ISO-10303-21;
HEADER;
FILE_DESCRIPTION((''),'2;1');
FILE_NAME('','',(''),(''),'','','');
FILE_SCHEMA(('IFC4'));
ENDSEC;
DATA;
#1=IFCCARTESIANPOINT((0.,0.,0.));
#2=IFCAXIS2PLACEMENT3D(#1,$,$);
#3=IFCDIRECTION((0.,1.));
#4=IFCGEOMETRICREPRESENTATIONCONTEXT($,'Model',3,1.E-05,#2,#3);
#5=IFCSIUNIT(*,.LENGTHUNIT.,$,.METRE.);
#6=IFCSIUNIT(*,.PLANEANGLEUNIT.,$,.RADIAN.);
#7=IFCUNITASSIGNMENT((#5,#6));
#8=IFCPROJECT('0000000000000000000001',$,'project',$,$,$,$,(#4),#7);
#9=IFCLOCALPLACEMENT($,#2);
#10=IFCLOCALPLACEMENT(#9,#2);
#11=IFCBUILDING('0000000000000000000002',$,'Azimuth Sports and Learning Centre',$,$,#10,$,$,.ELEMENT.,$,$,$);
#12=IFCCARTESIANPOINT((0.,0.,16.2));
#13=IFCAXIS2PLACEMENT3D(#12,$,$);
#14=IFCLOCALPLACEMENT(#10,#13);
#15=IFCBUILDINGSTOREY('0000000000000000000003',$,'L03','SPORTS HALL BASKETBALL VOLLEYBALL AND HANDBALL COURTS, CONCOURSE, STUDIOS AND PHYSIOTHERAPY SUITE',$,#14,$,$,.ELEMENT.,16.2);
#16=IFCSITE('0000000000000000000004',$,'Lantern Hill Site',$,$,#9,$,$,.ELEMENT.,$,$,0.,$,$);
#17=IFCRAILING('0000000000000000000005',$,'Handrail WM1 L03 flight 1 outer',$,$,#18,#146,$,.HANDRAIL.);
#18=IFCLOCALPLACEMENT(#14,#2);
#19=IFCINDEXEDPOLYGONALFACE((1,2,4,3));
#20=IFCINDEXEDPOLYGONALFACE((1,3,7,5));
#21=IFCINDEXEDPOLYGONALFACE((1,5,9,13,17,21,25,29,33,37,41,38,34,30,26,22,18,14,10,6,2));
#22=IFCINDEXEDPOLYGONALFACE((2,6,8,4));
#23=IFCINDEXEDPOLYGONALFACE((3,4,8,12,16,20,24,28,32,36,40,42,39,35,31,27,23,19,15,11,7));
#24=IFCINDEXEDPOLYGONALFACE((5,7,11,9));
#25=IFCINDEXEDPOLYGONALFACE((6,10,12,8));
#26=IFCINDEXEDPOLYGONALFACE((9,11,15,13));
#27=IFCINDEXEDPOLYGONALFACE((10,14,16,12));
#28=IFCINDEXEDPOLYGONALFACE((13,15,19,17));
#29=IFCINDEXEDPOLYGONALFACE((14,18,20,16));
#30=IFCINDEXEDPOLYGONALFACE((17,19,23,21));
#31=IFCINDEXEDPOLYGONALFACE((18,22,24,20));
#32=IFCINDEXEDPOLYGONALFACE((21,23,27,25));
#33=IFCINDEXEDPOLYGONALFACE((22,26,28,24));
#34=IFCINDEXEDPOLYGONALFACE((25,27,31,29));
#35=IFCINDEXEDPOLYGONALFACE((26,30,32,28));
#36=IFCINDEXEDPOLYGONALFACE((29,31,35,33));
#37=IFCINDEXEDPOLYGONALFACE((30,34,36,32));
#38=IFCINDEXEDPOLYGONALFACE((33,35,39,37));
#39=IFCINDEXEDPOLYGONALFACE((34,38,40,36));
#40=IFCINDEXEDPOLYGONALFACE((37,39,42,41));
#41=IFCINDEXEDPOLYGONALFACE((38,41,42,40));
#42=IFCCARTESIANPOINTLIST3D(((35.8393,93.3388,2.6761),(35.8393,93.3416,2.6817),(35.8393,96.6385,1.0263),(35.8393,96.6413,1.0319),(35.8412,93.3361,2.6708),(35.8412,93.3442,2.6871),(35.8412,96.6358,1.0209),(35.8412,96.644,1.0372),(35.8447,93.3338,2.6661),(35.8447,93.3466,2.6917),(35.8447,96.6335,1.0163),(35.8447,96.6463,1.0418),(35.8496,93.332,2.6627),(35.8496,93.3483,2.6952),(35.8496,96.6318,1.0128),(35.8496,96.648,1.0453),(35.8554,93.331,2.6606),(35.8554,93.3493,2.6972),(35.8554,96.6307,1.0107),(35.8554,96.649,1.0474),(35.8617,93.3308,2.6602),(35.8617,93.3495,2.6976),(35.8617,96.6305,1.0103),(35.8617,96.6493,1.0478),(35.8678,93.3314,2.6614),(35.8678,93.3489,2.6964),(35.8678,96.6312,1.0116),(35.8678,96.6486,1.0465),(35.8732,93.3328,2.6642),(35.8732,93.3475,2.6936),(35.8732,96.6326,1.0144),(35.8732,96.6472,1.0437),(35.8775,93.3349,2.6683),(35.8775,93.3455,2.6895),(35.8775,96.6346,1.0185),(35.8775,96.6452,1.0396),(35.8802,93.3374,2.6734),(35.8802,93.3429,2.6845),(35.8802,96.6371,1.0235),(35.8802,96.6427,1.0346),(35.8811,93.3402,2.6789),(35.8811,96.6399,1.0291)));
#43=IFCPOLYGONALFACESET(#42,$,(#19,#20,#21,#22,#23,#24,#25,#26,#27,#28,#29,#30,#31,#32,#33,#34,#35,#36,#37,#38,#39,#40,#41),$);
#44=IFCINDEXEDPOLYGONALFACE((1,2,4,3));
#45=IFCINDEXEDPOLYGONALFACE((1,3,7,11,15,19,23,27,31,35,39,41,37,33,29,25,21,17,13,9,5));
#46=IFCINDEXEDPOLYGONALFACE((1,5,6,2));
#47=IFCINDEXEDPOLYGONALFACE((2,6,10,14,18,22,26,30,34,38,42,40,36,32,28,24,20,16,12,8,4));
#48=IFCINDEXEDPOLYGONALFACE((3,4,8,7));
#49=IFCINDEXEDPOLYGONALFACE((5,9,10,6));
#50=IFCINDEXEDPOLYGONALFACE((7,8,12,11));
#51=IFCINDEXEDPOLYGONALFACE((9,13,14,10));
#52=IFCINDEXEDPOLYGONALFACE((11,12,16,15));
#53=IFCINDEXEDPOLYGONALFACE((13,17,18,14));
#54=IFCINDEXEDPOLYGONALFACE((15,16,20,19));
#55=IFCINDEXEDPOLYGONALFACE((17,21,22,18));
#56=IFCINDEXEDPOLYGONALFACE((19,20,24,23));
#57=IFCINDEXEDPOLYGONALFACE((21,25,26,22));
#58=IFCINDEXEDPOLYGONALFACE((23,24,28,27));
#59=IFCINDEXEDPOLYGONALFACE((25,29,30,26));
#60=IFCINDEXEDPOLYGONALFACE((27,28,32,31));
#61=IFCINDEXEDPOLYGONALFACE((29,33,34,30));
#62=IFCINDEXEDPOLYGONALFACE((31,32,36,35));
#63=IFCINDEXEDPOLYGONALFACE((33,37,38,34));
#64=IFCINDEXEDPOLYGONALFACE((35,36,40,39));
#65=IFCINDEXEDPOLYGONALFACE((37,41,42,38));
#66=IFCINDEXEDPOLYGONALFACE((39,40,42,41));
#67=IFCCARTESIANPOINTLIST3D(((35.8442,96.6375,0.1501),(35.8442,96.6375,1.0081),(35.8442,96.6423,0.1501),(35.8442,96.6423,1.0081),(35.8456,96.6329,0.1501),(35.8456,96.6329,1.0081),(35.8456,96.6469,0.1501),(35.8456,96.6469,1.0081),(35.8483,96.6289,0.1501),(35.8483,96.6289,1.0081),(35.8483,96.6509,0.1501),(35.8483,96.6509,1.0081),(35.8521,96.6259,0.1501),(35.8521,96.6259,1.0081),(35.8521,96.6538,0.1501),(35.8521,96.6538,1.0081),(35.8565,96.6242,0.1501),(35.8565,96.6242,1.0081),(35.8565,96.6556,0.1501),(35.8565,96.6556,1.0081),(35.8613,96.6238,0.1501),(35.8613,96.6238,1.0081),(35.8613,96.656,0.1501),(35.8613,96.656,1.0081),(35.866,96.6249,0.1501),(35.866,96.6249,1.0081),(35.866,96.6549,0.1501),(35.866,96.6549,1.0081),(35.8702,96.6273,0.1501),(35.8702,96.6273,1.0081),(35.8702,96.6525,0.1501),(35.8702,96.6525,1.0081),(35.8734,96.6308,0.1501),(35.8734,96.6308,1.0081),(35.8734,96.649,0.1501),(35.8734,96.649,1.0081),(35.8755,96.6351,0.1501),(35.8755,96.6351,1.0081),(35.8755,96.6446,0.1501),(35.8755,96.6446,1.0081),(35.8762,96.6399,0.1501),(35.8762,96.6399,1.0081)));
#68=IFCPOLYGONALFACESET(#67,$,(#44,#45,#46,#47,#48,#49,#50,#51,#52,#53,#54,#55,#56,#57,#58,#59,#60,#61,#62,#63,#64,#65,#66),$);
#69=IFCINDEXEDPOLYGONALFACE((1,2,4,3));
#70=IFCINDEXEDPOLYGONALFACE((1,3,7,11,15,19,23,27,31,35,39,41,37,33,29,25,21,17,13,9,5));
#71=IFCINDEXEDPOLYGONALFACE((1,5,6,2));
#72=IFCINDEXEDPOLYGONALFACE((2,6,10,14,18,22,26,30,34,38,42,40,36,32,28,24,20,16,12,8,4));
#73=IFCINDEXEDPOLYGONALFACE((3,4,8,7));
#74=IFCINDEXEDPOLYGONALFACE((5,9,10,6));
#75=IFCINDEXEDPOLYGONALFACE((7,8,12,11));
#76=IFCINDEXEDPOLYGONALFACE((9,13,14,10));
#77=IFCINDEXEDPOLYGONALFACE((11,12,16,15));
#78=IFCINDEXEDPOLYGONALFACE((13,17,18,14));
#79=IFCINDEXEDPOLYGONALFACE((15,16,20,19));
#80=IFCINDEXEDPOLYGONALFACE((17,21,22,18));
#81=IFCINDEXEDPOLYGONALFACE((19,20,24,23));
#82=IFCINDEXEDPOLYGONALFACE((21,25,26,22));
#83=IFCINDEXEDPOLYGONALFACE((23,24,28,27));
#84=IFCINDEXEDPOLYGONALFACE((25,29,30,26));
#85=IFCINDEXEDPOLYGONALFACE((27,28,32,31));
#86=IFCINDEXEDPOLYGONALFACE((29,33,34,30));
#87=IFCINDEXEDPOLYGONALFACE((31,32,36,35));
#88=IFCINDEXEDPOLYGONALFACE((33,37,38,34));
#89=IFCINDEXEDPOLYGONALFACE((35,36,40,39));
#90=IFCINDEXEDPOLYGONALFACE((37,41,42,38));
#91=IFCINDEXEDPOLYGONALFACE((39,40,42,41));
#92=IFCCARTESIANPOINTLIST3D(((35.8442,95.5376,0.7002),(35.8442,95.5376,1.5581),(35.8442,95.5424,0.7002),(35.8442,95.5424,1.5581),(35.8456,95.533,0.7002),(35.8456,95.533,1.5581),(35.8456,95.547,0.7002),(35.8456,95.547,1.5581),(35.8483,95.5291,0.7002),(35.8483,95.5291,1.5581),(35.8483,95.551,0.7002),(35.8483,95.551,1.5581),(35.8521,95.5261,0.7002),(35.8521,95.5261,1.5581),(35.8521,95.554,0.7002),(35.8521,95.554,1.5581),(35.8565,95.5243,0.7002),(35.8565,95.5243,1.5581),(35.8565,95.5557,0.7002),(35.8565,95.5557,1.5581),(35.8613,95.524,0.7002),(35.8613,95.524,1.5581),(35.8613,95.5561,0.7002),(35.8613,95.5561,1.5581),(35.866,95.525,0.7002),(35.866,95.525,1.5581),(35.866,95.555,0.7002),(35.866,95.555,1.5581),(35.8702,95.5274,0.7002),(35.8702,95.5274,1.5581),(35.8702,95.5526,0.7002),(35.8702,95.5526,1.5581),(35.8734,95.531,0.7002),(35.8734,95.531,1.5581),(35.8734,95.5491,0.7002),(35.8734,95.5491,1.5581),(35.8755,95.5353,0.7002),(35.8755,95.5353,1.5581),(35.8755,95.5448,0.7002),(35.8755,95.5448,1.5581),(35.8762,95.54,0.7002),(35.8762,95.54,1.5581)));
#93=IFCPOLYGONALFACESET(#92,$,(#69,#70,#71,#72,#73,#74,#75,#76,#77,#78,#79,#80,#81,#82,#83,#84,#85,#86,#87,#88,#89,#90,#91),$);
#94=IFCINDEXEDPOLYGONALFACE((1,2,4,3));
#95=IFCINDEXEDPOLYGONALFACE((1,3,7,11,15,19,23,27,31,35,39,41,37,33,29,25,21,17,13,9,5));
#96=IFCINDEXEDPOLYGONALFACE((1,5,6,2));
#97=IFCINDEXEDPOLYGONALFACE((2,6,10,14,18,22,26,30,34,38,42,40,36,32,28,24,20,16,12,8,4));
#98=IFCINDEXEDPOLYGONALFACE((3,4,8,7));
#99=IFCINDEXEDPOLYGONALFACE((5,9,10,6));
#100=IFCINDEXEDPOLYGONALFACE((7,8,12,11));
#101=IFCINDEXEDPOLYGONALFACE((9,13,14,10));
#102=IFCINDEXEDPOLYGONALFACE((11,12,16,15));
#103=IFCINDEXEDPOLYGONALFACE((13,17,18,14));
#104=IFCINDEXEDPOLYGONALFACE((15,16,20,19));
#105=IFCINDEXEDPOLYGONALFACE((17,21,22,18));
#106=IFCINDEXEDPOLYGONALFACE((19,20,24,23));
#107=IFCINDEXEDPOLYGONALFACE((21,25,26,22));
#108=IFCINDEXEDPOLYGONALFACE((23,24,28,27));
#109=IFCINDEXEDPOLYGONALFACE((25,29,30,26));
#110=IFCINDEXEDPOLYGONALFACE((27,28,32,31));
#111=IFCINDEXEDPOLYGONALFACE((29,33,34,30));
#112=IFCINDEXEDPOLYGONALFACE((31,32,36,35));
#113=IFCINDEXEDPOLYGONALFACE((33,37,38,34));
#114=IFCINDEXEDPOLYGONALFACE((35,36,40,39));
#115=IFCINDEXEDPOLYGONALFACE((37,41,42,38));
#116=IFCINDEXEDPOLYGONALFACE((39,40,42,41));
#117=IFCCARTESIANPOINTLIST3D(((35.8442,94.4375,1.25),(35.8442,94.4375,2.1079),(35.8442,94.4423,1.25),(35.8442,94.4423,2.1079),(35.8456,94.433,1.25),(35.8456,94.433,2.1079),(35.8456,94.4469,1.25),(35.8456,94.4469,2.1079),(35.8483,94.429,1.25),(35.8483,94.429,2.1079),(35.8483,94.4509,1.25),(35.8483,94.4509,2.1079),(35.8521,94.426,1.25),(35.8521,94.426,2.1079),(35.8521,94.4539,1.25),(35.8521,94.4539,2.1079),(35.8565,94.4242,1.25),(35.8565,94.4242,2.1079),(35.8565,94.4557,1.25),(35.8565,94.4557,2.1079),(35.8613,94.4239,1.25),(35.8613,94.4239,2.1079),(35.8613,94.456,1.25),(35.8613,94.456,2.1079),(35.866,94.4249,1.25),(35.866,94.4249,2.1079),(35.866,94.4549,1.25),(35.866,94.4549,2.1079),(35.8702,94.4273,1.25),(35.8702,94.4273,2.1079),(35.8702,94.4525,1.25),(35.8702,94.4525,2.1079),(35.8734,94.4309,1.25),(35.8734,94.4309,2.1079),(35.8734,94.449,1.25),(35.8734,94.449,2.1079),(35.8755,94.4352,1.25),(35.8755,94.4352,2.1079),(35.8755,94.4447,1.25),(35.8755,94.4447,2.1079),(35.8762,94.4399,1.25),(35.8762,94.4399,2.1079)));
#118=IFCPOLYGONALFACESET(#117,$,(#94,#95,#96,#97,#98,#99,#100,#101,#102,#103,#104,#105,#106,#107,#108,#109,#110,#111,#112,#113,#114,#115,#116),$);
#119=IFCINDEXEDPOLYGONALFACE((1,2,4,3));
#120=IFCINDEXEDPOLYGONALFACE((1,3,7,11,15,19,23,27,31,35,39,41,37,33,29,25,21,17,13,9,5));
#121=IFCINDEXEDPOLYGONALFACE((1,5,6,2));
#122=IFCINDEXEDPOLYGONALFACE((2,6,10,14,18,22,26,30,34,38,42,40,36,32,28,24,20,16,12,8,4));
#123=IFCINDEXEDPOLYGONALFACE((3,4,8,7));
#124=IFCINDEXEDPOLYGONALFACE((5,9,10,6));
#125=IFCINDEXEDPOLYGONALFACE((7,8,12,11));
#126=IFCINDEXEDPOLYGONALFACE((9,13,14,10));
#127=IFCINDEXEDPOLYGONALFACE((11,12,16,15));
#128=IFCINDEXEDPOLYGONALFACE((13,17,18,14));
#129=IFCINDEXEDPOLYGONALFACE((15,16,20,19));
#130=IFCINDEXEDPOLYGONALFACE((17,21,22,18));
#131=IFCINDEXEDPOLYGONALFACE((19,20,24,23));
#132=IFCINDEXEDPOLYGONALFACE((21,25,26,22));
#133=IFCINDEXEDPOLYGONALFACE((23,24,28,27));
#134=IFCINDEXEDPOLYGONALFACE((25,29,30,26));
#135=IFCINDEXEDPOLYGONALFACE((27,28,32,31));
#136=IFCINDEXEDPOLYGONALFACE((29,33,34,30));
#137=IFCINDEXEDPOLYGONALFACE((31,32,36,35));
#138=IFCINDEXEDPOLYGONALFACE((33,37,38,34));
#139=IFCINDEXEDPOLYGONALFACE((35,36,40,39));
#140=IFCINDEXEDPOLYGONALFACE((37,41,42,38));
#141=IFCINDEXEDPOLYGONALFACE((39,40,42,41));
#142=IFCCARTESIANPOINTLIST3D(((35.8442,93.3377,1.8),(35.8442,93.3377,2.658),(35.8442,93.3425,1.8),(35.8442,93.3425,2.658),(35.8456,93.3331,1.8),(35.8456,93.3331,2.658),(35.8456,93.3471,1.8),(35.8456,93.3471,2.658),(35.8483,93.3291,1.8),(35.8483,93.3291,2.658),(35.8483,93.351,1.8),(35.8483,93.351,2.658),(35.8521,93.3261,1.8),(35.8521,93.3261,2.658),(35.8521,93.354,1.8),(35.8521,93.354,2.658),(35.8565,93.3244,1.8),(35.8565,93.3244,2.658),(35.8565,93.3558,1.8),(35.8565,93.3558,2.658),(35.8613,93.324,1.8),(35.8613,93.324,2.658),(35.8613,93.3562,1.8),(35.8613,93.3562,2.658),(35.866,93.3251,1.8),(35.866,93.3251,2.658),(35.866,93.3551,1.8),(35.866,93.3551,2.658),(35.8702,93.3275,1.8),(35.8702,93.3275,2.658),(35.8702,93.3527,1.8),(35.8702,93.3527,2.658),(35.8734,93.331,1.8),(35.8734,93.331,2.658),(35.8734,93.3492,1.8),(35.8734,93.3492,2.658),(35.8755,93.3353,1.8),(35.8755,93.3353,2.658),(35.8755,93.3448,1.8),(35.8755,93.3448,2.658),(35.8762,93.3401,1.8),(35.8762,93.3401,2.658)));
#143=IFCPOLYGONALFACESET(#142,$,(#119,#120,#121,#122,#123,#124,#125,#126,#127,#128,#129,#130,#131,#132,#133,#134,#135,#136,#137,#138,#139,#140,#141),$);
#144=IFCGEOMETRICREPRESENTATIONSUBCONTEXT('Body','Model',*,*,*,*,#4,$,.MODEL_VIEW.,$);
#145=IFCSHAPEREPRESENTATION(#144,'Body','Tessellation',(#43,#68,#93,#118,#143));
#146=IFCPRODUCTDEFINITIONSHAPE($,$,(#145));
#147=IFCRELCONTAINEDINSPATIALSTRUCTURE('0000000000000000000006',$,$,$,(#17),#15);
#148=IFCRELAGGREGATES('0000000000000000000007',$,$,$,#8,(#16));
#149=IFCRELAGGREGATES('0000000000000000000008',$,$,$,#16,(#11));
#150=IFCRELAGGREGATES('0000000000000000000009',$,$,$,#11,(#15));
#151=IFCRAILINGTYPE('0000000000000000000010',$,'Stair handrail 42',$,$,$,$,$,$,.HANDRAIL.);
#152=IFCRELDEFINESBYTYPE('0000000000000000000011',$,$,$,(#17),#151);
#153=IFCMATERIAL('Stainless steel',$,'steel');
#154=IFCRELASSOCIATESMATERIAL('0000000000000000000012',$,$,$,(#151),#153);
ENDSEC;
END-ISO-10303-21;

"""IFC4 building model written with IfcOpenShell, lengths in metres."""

from ifc_helpers import new_model, si_unit, direction, frame, origin, origin_2d, place, context, subcontext, project, spatial, circle, extrude, material, type_object, element, save


model = new_model("IFC4")

# Units and contexts
model_context = context("Model", 3, precision=1e-05, world=origin(), true_north=direction((0.0, 1.0)))
body_context = subcontext(model_context, "Body", "Model", "MODEL_VIEW")
ifc_project = project(units=[si_unit("LENGTHUNIT", "METRE"), si_unit("PLANEANGLEUNIT", "RADIAN")], contexts=[model_context])

# Site, building, storey
site_placement = place(None, origin())
site = spatial("IfcSite", under=ifc_project, at=site_placement, Name="Lantern Hill Site", CompositionType="ELEMENT", RefElevation=0.0)
building_placement = place(site_placement, origin())
building = spatial("IfcBuilding", under=site, at=building_placement, Name="Azimuth Sports and Learning Centre", CompositionType="ELEMENT")
storey_placement = place(building_placement, frame((0.0, 0.0, 16.2)))
storey = spatial("IfcBuildingStorey", under=building, at=storey_placement, Name="L03", Description="SPORTS HALL BASKETBALL VOLLEYBALL AND HANDBALL COURTS, CONCOURSE, STUDIOS AND PHYSIOTHERAPY SUITE", CompositionType="ELEMENT", Elevation=16.2)

# Railing
ifc_material_1 = material(Name="Stainless steel", Category="steel")
railing_type_1 = type_object("IfcRailingType", Name="Stair handrail 42", PredefinedType="HANDRAIL", material=ifc_material_1)
for number, where, name in (
    (1, (35.8601, 96.6399, 0.1501), "Handrail WM1 L03 flight 1 outer"),
):
    element("IfcRailing", number, at=place(storey_placement, frame(where)), inside=storey, type_object=railing_type_1, Name=name, PredefinedType="HANDRAIL", context=body_context, shape_type="SweptSolid", body=[
        extrude(circle(Radius=0.021, at=origin_2d()), frame((0.0, 0.0, 0.8789), z_axis=(0.0, -0.894427, 0.447214), x_axis=(1.0, 0.0, 0.0)), (0.0, 0.0, 1.0), 3.6892),
        extrude(circle(Radius=0.0161, at=origin_2d()), origin(), (0.0, 0.0, 1.0), 0.8579),
        extrude(circle(Radius=0.0161, at=origin_2d()), frame((0.0, -1.0999, 0.55)), (0.0, 0.0, 1.0), 0.8579),
        extrude(circle(Radius=0.0161, at=origin_2d()), frame((0.0, -2.2, 1.0999)), (0.0, 0.0, 1.0), 0.8579),
        extrude(circle(Radius=0.0161, at=origin_2d()), frame((0.0, -3.2998, 1.6499)), (0.0, 0.0, 1.0), 0.8579),
    ])

save(model, "model.ifc")
